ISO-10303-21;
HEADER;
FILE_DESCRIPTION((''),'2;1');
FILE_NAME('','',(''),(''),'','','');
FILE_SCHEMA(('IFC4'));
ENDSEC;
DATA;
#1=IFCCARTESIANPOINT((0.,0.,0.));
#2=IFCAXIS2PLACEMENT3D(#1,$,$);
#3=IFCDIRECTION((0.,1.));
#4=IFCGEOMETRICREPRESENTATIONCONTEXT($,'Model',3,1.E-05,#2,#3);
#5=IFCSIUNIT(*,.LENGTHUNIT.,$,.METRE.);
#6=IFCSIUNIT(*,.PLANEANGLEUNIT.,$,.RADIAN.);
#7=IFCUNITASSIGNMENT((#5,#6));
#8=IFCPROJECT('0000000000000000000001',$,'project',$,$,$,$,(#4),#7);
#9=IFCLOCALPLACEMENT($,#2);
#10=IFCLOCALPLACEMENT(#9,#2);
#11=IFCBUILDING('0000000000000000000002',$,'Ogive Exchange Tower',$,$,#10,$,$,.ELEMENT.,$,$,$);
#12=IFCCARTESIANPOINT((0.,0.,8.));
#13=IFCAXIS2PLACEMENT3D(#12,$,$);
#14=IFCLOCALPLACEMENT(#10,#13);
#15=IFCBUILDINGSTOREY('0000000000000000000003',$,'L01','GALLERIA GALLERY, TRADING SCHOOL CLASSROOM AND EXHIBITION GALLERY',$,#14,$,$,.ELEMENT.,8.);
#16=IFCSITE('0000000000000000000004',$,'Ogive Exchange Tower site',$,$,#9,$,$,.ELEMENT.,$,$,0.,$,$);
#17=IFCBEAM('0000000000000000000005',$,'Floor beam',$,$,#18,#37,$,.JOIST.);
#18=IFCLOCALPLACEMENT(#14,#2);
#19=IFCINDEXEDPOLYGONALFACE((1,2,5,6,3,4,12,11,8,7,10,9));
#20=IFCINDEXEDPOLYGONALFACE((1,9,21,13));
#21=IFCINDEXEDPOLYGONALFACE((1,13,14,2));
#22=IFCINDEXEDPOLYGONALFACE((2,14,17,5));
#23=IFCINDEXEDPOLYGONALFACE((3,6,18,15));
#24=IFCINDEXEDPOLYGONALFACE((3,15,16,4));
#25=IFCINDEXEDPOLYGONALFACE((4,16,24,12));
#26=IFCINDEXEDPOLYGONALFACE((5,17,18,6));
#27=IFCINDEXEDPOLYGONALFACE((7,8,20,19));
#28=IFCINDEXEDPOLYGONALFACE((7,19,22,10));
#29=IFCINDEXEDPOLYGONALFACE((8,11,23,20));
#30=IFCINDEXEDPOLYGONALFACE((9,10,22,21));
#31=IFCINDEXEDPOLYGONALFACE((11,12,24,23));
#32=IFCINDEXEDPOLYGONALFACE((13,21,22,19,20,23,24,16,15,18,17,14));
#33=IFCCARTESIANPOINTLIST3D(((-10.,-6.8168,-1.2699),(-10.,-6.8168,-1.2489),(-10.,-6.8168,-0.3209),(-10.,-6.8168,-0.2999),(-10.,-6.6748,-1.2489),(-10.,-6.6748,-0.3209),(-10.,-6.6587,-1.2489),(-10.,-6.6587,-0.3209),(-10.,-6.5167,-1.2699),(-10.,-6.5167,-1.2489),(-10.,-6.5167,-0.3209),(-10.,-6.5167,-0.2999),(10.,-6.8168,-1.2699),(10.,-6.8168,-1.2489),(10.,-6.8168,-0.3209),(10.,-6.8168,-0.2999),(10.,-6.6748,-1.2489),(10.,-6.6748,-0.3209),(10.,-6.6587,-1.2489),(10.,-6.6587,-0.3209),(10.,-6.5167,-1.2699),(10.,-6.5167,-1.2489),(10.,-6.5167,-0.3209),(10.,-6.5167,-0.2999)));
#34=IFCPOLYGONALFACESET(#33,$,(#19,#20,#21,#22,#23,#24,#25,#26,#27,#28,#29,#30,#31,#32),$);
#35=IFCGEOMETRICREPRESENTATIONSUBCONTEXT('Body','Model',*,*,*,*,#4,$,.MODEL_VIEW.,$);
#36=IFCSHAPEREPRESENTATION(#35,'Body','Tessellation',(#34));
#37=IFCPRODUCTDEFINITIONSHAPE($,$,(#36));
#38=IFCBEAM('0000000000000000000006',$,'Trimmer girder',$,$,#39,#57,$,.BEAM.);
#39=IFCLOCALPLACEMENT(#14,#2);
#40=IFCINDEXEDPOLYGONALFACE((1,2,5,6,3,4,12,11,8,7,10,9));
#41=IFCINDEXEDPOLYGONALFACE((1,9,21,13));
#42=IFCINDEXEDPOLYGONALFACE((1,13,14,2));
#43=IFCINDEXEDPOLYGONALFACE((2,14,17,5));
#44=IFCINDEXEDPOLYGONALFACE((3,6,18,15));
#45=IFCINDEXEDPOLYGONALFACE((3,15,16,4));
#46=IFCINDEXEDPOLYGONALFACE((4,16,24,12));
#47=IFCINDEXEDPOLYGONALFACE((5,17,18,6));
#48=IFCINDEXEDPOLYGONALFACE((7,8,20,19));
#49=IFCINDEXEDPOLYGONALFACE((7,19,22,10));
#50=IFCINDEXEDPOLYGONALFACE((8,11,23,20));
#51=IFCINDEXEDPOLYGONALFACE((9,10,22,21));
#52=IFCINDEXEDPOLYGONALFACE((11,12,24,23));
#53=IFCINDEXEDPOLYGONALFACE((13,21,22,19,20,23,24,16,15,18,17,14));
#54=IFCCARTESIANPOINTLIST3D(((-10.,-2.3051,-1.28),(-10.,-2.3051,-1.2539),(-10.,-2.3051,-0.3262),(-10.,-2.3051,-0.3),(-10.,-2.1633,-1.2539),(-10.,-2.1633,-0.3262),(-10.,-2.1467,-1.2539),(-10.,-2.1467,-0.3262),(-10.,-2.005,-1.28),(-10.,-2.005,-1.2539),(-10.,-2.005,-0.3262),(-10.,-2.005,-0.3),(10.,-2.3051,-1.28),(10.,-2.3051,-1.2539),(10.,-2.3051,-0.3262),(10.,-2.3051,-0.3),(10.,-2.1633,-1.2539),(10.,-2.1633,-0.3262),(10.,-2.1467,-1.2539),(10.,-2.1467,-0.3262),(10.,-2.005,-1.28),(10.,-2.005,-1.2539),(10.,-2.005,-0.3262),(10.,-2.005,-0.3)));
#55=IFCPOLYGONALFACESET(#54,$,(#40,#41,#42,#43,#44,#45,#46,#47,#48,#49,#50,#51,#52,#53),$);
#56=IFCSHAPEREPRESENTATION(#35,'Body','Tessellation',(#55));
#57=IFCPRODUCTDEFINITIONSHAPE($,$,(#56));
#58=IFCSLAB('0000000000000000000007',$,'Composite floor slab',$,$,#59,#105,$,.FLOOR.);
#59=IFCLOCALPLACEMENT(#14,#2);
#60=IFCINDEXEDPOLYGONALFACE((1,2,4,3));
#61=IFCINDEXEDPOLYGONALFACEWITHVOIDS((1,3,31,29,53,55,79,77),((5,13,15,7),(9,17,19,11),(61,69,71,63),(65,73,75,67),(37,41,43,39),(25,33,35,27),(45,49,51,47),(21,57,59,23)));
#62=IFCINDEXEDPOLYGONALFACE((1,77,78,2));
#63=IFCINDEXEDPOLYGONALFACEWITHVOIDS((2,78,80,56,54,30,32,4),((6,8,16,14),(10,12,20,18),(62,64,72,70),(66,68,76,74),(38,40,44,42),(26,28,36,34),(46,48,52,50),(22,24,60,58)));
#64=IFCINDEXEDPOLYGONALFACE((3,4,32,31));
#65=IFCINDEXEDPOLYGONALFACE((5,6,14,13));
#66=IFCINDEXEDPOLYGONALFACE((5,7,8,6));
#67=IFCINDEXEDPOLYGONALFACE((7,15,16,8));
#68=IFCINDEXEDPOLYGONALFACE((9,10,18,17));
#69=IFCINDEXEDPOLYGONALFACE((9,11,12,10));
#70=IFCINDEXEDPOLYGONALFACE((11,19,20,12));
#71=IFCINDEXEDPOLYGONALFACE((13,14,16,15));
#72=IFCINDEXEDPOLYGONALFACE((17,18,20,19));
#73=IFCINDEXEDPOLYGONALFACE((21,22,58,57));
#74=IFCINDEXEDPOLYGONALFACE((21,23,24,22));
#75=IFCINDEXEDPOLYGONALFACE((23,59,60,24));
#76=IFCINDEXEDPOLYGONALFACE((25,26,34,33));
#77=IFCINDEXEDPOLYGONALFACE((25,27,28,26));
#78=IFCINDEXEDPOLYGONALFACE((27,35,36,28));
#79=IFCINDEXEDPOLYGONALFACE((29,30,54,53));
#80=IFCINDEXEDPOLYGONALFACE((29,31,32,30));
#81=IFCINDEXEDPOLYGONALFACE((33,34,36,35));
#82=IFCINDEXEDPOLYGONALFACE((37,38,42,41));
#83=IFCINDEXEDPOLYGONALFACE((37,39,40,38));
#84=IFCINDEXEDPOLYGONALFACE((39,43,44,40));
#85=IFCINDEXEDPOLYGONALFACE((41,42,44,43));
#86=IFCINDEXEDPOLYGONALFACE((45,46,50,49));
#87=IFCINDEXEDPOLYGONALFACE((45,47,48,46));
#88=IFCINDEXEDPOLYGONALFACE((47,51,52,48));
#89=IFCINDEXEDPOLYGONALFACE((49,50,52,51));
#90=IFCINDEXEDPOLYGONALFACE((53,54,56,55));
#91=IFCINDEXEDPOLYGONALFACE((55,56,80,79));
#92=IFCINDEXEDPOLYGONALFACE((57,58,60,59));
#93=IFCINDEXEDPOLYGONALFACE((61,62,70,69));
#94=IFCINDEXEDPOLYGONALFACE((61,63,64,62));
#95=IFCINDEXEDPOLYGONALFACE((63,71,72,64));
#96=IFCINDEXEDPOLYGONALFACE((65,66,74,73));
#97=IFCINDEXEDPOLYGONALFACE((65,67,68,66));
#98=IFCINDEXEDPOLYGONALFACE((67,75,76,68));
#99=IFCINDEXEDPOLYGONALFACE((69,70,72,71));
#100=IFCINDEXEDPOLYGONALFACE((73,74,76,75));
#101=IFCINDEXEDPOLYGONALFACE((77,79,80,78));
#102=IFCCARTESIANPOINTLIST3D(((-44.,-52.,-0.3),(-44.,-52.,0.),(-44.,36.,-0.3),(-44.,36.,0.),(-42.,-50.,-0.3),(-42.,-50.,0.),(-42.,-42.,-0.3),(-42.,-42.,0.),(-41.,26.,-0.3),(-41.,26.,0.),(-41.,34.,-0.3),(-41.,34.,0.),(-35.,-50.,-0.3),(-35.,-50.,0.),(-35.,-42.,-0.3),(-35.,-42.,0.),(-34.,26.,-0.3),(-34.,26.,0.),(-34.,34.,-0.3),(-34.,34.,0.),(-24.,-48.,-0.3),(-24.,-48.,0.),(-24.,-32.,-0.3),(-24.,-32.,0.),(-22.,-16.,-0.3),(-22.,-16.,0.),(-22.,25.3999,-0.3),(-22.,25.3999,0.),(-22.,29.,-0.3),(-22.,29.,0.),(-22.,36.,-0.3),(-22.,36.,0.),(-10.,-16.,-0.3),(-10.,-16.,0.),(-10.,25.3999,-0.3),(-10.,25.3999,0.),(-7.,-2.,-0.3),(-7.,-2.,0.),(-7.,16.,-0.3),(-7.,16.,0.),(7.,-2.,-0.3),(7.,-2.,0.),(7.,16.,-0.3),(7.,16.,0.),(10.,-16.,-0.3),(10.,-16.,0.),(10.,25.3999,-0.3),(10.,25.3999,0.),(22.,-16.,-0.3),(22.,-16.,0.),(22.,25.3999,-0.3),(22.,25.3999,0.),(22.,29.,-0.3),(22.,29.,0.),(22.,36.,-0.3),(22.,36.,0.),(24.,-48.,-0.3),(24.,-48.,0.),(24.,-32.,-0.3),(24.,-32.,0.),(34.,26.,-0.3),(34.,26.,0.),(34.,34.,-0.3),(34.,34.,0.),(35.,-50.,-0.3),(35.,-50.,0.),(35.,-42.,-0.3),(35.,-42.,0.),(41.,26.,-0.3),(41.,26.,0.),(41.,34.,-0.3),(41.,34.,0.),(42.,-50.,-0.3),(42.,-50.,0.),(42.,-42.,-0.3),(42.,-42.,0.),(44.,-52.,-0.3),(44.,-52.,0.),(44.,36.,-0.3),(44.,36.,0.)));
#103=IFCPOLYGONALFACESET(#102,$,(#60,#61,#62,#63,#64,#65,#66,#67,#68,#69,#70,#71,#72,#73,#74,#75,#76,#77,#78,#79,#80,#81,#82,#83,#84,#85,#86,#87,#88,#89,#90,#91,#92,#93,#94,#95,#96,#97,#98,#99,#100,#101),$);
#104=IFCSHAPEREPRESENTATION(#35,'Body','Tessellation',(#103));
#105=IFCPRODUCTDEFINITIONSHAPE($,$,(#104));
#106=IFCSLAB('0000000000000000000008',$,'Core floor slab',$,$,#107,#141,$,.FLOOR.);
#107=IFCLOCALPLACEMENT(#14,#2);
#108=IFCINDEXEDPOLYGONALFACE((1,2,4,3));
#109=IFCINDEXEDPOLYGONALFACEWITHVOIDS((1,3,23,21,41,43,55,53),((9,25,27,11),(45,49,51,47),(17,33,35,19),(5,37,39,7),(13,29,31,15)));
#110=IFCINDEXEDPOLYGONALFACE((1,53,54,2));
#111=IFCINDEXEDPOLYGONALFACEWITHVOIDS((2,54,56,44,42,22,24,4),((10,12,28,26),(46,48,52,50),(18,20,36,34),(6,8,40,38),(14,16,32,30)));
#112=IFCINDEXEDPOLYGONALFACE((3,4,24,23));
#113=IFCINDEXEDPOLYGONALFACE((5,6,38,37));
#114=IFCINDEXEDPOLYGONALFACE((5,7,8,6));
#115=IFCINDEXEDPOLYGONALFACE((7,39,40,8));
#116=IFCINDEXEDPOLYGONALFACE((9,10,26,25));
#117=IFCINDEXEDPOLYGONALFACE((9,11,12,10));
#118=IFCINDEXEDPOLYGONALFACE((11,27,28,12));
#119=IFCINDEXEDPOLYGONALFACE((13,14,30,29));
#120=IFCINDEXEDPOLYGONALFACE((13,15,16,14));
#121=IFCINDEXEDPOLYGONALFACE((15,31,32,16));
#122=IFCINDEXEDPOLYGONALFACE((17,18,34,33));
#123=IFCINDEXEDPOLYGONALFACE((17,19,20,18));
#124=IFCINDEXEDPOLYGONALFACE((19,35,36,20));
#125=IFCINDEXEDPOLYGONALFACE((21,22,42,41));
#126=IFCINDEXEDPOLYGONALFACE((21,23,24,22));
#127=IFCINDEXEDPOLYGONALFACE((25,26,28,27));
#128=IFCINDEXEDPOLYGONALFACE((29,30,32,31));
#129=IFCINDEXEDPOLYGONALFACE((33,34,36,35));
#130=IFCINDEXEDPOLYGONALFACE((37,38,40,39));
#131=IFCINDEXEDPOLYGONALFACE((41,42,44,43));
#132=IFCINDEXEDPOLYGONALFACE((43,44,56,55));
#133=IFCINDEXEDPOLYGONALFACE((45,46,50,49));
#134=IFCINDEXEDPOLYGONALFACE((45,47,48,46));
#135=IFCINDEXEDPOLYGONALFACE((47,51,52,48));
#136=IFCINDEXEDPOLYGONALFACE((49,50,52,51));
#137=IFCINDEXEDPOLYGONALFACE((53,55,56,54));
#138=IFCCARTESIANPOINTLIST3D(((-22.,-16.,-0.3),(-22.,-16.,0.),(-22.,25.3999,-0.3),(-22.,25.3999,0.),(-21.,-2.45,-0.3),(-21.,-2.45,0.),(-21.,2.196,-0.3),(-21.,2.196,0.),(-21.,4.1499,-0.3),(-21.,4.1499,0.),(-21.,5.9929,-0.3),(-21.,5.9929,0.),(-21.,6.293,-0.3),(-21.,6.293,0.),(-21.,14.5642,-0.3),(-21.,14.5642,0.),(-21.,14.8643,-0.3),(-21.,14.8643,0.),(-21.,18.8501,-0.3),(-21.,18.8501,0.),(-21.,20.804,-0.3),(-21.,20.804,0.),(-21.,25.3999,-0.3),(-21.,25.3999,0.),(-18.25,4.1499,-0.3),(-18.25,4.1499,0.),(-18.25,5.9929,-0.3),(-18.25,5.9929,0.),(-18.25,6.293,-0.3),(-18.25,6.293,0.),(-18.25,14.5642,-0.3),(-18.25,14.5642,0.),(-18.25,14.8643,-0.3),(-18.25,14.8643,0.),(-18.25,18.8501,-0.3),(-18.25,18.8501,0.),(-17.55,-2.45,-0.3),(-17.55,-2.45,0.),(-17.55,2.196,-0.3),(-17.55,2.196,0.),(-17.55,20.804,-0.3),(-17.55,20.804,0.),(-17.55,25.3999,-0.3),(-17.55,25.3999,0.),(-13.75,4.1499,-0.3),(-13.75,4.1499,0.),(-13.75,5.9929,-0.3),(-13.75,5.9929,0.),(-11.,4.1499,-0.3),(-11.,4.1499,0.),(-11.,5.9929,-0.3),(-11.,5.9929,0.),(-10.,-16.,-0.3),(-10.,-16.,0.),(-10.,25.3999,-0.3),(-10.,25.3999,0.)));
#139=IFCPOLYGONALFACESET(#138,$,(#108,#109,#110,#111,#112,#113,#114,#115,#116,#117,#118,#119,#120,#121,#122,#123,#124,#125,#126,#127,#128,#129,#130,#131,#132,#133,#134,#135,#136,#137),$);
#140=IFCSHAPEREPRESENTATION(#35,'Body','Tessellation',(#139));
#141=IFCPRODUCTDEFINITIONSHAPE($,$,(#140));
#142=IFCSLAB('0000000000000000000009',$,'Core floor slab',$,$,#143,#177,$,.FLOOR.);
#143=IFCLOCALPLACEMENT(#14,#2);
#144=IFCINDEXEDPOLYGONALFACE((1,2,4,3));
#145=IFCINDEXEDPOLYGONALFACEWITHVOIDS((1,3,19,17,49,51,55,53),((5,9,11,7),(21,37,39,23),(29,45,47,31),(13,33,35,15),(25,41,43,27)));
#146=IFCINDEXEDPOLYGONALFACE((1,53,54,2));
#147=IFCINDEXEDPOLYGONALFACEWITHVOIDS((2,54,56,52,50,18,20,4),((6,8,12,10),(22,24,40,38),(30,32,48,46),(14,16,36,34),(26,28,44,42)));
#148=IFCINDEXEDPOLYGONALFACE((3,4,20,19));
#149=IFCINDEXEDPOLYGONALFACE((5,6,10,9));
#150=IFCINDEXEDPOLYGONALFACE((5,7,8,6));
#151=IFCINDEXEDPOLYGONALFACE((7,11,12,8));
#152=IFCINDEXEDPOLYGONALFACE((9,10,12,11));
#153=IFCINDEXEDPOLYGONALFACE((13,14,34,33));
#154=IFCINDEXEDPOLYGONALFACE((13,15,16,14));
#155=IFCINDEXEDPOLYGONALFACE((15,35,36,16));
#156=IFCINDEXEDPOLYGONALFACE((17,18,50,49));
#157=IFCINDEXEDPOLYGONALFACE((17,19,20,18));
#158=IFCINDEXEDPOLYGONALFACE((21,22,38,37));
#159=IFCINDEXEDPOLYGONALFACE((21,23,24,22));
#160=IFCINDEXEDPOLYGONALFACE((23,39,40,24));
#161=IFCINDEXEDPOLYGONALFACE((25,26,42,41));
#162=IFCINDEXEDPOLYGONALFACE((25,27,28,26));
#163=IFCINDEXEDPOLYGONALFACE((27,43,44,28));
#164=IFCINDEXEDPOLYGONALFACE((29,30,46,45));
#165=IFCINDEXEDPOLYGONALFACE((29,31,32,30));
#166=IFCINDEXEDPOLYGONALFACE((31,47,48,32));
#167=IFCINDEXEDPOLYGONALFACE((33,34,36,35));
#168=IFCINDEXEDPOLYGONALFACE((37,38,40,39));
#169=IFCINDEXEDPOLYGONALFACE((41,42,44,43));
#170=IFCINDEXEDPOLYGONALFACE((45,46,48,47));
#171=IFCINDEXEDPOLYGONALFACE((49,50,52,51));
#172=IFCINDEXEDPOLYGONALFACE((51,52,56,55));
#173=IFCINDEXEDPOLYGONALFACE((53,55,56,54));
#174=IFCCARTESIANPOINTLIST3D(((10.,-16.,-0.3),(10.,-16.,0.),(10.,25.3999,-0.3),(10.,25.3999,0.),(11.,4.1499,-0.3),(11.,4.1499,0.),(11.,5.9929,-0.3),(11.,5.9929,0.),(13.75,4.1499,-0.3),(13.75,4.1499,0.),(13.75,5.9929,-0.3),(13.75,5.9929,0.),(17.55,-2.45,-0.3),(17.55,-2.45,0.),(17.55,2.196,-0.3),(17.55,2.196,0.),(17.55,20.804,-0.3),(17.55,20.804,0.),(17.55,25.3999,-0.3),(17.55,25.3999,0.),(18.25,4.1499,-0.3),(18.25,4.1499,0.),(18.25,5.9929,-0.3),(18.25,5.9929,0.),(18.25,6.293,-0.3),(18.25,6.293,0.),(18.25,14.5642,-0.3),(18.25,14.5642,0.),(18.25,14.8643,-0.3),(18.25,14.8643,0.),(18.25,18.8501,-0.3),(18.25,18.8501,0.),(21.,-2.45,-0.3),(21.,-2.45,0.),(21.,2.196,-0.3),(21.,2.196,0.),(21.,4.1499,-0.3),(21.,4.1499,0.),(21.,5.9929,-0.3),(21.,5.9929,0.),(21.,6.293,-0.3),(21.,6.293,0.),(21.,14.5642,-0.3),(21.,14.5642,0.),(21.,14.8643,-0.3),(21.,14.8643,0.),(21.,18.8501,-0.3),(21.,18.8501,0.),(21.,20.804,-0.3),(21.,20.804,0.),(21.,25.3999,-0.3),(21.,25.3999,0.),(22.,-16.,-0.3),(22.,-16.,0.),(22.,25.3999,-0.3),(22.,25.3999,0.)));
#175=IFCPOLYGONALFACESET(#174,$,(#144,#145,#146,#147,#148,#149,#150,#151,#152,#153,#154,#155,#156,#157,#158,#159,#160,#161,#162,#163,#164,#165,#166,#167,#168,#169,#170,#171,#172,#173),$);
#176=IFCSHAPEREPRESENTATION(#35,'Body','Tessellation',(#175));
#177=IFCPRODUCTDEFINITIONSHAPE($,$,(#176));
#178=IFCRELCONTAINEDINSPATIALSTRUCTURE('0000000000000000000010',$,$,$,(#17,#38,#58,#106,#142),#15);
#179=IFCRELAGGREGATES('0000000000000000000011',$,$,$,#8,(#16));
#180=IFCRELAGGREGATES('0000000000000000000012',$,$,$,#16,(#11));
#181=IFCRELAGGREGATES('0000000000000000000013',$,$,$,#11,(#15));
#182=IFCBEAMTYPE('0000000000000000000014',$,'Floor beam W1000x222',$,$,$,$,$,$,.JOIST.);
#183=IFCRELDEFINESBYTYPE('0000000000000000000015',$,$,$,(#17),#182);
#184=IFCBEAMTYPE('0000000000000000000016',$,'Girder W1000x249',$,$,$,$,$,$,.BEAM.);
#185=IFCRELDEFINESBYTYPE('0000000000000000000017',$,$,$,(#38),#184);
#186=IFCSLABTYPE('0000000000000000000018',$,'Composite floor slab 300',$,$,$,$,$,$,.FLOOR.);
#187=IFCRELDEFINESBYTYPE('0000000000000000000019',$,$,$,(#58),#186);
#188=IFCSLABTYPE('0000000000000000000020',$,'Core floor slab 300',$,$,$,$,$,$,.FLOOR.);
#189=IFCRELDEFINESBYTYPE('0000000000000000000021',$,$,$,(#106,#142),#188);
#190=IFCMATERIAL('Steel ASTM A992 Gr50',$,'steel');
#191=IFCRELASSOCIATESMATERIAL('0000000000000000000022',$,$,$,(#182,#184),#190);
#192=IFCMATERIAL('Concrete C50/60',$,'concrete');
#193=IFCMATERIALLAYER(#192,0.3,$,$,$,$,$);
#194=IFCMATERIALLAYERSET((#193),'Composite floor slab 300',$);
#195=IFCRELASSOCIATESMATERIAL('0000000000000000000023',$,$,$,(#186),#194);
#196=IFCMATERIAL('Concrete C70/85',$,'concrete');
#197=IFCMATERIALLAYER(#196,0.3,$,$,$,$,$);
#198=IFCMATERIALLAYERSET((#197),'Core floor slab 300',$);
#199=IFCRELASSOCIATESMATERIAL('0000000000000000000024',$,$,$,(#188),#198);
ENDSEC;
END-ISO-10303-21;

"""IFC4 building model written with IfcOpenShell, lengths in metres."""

from ifc_helpers import new_model, si_unit, direction, frame, origin, origin_2d, place, context, subcontext, project, spatial, polyline, i_section, outline, extrude, material, layer, layer_set, material_profile, profile_set, type_object, element, save


model = new_model("IFC4")

# Units and contexts
model_context = context("Model", 3, precision=1e-05, world=origin(), true_north=direction((0.0, 1.0)))
body_context = subcontext(model_context, "Body", "Model", "MODEL_VIEW")
ifc_project = project(units=[si_unit("LENGTHUNIT", "METRE"), si_unit("PLANEANGLEUNIT", "RADIAN")], contexts=[model_context])

# Site, building, storey
site_placement = place(None, origin())
site = spatial("IfcSite", under=ifc_project, at=site_placement, Name="Ogive Exchange Tower site", CompositionType="ELEMENT", RefElevation=0.0)
building_placement = place(site_placement, origin())
building = spatial("IfcBuilding", under=site, at=building_placement, Name="Ogive Exchange Tower", CompositionType="ELEMENT")
storey_placement = place(building_placement, frame((0.0, 0.0, 8.0)))
storey = spatial("IfcBuildingStorey", under=building, at=storey_placement, Name="L01", Description="GALLERIA GALLERY, TRADING SCHOOL CLASSROOM AND EXHIBITION GALLERY", CompositionType="ELEMENT", Elevation=8.0)

# Beams
ifc_material_1 = material(Name="Steel ASTM A992 Gr50", Category="steel")
ifc_material_profile_1 = material_profile(ifc_material_1, i_section(OverallWidth=0.3, OverallDepth=0.97, WebThickness=0.0161, FlangeThickness=0.021, at=origin_2d()), Name="W1000x222")
ifc_profile_set_1 = profile_set([ifc_material_profile_1], Name="Steel ASTM A992 Gr50")
beam_type_1 = type_object("IfcBeamType", Name="Floor beam W1000x222", PredefinedType="JOIST", material=ifc_profile_set_1)
beam_1_placement = place(storey_placement, frame((-10.0, -6.6667, -0.7849), z_axis=(1.0, 0.0, 0.0), x_axis=(0.0, 1.0, 0.0)))
element("IfcBeam", 1, at=beam_1_placement, inside=storey, type_object=beam_type_1, Name="Floor beam", PredefinedType="JOIST", context=body_context, shape_type="SweptSolid", body=[
    extrude(i_section(OverallWidth=0.3, OverallDepth=0.97, WebThickness=0.0161, FlangeThickness=0.021, at=origin_2d()), origin(), (0.0, 0.0, 1.0), 20.0),
])
ifc_material_profile_2 = material_profile(ifc_material_1, i_section(OverallWidth=0.3, OverallDepth=0.98, WebThickness=0.0166, FlangeThickness=0.0261, at=origin_2d()), Name="W1000x249")
ifc_profile_set_2 = profile_set([ifc_material_profile_2], Name="Steel ASTM A992 Gr50")
beam_type_2 = type_object("IfcBeamType", Name="Girder W1000x249", PredefinedType="BEAM", material=ifc_profile_set_2)
beam_2_placement = place(storey_placement, frame((-10.0, -2.155, -0.79), z_axis=(1.0, 0.0, 0.0), x_axis=(0.0, 1.0, 0.0)))
element("IfcBeam", 2, at=beam_2_placement, inside=storey, type_object=beam_type_2, Name="Trimmer girder", PredefinedType="BEAM", context=body_context, shape_type="SweptSolid", body=[
    extrude(i_section(OverallWidth=0.3, OverallDepth=0.98, WebThickness=0.0166, FlangeThickness=0.0261, at=origin_2d()), origin(), (0.0, 0.0, 1.0), 20.0),
])

# Slabs
ifc_material_2 = material(Name="Concrete C50/60", Category="concrete")
ifc_layer_1 = layer(ifc_material_2, 0.3)
ifc_layer_set_1 = layer_set([ifc_layer_1], Name="Composite floor slab 300")
slab_type_1 = type_object("IfcSlabType", Name="Composite floor slab 300", PredefinedType="FLOOR", material=ifc_layer_set_1)
slab_1_placement = place(storey_placement, frame((0.0, 0.0, -0.3)))
element("IfcSlab", 3, at=slab_1_placement, inside=storey, type_object=slab_type_1, Name="Composite floor slab", PredefinedType="FLOOR", context=body_context, shape_type="SweptSolid", body=[
    extrude(outline(polyline([(44.0, -52.0), (-44.0, -52.0), (-44.0, 36.0), (-22.0, 36.0), (-22.0, 29.0), (22.0, 29.0), (22.0, 36.0), (44.0, 36.0), (44.0, -52.0)]), holes=[polyline([(-42.0, -42.0), (-42.0, -50.0), (-35.0, -50.0), (-35.0, -42.0), (-42.0, -42.0)]), polyline([(35.0, -42.0), (35.0, -50.0), (42.0, -50.0), (42.0, -42.0), (35.0, -42.0)]), polyline([(-24.0, -32.0), (-24.0, -48.0), (24.0, -48.0), (24.0, -32.0), (-24.0, -32.0)]), polyline([(-22.0, 25.3999), (-22.0, -16.0), (-10.0, -16.0), (-10.0, 25.3999), (-22.0, 25.3999)]), polyline([(10.0, 25.3999), (10.0, -16.0), (22.0, -16.0), (22.0, 25.3999), (10.0, 25.3999)]), polyline([(-7.0, 16.0), (-7.0, -2.0), (7.0, -2.0), (7.0, 16.0), (-7.0, 16.0)]), polyline([(-41.0, 34.0), (-41.0, 26.0), (-34.0, 26.0), (-34.0, 34.0), (-41.0, 34.0)]), polyline([(34.0, 34.0), (34.0, 26.0), (41.0, 26.0), (41.0, 34.0), (34.0, 34.0)])]), origin(), (0.0, 0.0, 1.0), 0.3),
])
ifc_material_3 = material(Name="Concrete C70/85", Category="concrete")
ifc_layer_2 = layer(ifc_material_3, 0.3)
ifc_layer_set_2 = layer_set([ifc_layer_2], Name="Core floor slab 300")
slab_type_2 = type_object("IfcSlabType", Name="Core floor slab 300", PredefinedType="FLOOR", material=ifc_layer_set_2)
slab_2_placement = place(storey_placement, frame((0.0, 0.0, -0.3)))
element("IfcSlab", 4, at=slab_2_placement, inside=storey, type_object=slab_type_2, Name="Core floor slab", PredefinedType="FLOOR", context=body_context, shape_type="SweptSolid", body=[
    extrude(outline(polyline([(-10.0, 25.3999), (-10.0, -16.0), (-22.0, -16.0), (-22.0, 25.3999), (-21.0, 25.3999), (-21.0, 20.804), (-17.55, 20.804), (-17.55, 25.3999), (-10.0, 25.3999)]), holes=[polyline([(-17.55, 2.196), (-21.0, 2.196), (-21.0, -2.45), (-17.55, -2.45), (-17.55, 2.196)]), polyline([(-18.25, 5.9929), (-21.0, 5.9929), (-21.0, 4.1499), (-18.25, 4.1499), (-18.25, 5.9929)]), polyline([(-11.0, 5.9929), (-13.75, 5.9929), (-13.75, 4.1499), (-11.0, 4.1499), (-11.0, 5.9929)]), polyline([(-21.0, 14.5642), (-21.0, 6.293), (-18.25, 6.293), (-18.25, 14.5642), (-21.0, 14.5642)]), polyline([(-18.25, 18.8501), (-21.0, 18.8501), (-21.0, 14.8643), (-18.25, 14.8643), (-18.25, 18.8501)])]), origin(), (0.0, 0.0, 1.0), 0.3),
])
slab_3_placement = place(storey_placement, frame((0.0, 0.0, -0.3)))
element("IfcSlab", 5, at=slab_3_placement, inside=storey, type_object=slab_type_2, Name="Core floor slab", PredefinedType="FLOOR", context=body_context, shape_type="SweptSolid", body=[
    extrude(outline(polyline([(22.0, 25.3999), (22.0, -16.0), (10.0, -16.0), (10.0, 25.3999), (17.55, 25.3999), (17.55, 20.804), (21.0, 20.804), (21.0, 25.3999), (22.0, 25.3999)]), holes=[polyline([(21.0, 2.196), (17.55, 2.196), (17.55, -2.45), (21.0, -2.45), (21.0, 2.196)]), polyline([(13.75, 5.9929), (11.0, 5.9929), (11.0, 4.1499), (13.75, 4.1499), (13.75, 5.9929)]), polyline([(21.0, 5.9929), (18.25, 5.9929), (18.25, 4.1499), (21.0, 4.1499), (21.0, 5.9929)]), polyline([(18.25, 14.5642), (18.25, 6.293), (21.0, 6.293), (21.0, 14.5642), (18.25, 14.5642)]), polyline([(21.0, 18.8501), (18.25, 18.8501), (18.25, 14.8643), (21.0, 14.8643), (21.0, 18.8501)])]), origin(), (0.0, 0.0, 1.0), 0.3),
])

save(model, "model.ifc")
